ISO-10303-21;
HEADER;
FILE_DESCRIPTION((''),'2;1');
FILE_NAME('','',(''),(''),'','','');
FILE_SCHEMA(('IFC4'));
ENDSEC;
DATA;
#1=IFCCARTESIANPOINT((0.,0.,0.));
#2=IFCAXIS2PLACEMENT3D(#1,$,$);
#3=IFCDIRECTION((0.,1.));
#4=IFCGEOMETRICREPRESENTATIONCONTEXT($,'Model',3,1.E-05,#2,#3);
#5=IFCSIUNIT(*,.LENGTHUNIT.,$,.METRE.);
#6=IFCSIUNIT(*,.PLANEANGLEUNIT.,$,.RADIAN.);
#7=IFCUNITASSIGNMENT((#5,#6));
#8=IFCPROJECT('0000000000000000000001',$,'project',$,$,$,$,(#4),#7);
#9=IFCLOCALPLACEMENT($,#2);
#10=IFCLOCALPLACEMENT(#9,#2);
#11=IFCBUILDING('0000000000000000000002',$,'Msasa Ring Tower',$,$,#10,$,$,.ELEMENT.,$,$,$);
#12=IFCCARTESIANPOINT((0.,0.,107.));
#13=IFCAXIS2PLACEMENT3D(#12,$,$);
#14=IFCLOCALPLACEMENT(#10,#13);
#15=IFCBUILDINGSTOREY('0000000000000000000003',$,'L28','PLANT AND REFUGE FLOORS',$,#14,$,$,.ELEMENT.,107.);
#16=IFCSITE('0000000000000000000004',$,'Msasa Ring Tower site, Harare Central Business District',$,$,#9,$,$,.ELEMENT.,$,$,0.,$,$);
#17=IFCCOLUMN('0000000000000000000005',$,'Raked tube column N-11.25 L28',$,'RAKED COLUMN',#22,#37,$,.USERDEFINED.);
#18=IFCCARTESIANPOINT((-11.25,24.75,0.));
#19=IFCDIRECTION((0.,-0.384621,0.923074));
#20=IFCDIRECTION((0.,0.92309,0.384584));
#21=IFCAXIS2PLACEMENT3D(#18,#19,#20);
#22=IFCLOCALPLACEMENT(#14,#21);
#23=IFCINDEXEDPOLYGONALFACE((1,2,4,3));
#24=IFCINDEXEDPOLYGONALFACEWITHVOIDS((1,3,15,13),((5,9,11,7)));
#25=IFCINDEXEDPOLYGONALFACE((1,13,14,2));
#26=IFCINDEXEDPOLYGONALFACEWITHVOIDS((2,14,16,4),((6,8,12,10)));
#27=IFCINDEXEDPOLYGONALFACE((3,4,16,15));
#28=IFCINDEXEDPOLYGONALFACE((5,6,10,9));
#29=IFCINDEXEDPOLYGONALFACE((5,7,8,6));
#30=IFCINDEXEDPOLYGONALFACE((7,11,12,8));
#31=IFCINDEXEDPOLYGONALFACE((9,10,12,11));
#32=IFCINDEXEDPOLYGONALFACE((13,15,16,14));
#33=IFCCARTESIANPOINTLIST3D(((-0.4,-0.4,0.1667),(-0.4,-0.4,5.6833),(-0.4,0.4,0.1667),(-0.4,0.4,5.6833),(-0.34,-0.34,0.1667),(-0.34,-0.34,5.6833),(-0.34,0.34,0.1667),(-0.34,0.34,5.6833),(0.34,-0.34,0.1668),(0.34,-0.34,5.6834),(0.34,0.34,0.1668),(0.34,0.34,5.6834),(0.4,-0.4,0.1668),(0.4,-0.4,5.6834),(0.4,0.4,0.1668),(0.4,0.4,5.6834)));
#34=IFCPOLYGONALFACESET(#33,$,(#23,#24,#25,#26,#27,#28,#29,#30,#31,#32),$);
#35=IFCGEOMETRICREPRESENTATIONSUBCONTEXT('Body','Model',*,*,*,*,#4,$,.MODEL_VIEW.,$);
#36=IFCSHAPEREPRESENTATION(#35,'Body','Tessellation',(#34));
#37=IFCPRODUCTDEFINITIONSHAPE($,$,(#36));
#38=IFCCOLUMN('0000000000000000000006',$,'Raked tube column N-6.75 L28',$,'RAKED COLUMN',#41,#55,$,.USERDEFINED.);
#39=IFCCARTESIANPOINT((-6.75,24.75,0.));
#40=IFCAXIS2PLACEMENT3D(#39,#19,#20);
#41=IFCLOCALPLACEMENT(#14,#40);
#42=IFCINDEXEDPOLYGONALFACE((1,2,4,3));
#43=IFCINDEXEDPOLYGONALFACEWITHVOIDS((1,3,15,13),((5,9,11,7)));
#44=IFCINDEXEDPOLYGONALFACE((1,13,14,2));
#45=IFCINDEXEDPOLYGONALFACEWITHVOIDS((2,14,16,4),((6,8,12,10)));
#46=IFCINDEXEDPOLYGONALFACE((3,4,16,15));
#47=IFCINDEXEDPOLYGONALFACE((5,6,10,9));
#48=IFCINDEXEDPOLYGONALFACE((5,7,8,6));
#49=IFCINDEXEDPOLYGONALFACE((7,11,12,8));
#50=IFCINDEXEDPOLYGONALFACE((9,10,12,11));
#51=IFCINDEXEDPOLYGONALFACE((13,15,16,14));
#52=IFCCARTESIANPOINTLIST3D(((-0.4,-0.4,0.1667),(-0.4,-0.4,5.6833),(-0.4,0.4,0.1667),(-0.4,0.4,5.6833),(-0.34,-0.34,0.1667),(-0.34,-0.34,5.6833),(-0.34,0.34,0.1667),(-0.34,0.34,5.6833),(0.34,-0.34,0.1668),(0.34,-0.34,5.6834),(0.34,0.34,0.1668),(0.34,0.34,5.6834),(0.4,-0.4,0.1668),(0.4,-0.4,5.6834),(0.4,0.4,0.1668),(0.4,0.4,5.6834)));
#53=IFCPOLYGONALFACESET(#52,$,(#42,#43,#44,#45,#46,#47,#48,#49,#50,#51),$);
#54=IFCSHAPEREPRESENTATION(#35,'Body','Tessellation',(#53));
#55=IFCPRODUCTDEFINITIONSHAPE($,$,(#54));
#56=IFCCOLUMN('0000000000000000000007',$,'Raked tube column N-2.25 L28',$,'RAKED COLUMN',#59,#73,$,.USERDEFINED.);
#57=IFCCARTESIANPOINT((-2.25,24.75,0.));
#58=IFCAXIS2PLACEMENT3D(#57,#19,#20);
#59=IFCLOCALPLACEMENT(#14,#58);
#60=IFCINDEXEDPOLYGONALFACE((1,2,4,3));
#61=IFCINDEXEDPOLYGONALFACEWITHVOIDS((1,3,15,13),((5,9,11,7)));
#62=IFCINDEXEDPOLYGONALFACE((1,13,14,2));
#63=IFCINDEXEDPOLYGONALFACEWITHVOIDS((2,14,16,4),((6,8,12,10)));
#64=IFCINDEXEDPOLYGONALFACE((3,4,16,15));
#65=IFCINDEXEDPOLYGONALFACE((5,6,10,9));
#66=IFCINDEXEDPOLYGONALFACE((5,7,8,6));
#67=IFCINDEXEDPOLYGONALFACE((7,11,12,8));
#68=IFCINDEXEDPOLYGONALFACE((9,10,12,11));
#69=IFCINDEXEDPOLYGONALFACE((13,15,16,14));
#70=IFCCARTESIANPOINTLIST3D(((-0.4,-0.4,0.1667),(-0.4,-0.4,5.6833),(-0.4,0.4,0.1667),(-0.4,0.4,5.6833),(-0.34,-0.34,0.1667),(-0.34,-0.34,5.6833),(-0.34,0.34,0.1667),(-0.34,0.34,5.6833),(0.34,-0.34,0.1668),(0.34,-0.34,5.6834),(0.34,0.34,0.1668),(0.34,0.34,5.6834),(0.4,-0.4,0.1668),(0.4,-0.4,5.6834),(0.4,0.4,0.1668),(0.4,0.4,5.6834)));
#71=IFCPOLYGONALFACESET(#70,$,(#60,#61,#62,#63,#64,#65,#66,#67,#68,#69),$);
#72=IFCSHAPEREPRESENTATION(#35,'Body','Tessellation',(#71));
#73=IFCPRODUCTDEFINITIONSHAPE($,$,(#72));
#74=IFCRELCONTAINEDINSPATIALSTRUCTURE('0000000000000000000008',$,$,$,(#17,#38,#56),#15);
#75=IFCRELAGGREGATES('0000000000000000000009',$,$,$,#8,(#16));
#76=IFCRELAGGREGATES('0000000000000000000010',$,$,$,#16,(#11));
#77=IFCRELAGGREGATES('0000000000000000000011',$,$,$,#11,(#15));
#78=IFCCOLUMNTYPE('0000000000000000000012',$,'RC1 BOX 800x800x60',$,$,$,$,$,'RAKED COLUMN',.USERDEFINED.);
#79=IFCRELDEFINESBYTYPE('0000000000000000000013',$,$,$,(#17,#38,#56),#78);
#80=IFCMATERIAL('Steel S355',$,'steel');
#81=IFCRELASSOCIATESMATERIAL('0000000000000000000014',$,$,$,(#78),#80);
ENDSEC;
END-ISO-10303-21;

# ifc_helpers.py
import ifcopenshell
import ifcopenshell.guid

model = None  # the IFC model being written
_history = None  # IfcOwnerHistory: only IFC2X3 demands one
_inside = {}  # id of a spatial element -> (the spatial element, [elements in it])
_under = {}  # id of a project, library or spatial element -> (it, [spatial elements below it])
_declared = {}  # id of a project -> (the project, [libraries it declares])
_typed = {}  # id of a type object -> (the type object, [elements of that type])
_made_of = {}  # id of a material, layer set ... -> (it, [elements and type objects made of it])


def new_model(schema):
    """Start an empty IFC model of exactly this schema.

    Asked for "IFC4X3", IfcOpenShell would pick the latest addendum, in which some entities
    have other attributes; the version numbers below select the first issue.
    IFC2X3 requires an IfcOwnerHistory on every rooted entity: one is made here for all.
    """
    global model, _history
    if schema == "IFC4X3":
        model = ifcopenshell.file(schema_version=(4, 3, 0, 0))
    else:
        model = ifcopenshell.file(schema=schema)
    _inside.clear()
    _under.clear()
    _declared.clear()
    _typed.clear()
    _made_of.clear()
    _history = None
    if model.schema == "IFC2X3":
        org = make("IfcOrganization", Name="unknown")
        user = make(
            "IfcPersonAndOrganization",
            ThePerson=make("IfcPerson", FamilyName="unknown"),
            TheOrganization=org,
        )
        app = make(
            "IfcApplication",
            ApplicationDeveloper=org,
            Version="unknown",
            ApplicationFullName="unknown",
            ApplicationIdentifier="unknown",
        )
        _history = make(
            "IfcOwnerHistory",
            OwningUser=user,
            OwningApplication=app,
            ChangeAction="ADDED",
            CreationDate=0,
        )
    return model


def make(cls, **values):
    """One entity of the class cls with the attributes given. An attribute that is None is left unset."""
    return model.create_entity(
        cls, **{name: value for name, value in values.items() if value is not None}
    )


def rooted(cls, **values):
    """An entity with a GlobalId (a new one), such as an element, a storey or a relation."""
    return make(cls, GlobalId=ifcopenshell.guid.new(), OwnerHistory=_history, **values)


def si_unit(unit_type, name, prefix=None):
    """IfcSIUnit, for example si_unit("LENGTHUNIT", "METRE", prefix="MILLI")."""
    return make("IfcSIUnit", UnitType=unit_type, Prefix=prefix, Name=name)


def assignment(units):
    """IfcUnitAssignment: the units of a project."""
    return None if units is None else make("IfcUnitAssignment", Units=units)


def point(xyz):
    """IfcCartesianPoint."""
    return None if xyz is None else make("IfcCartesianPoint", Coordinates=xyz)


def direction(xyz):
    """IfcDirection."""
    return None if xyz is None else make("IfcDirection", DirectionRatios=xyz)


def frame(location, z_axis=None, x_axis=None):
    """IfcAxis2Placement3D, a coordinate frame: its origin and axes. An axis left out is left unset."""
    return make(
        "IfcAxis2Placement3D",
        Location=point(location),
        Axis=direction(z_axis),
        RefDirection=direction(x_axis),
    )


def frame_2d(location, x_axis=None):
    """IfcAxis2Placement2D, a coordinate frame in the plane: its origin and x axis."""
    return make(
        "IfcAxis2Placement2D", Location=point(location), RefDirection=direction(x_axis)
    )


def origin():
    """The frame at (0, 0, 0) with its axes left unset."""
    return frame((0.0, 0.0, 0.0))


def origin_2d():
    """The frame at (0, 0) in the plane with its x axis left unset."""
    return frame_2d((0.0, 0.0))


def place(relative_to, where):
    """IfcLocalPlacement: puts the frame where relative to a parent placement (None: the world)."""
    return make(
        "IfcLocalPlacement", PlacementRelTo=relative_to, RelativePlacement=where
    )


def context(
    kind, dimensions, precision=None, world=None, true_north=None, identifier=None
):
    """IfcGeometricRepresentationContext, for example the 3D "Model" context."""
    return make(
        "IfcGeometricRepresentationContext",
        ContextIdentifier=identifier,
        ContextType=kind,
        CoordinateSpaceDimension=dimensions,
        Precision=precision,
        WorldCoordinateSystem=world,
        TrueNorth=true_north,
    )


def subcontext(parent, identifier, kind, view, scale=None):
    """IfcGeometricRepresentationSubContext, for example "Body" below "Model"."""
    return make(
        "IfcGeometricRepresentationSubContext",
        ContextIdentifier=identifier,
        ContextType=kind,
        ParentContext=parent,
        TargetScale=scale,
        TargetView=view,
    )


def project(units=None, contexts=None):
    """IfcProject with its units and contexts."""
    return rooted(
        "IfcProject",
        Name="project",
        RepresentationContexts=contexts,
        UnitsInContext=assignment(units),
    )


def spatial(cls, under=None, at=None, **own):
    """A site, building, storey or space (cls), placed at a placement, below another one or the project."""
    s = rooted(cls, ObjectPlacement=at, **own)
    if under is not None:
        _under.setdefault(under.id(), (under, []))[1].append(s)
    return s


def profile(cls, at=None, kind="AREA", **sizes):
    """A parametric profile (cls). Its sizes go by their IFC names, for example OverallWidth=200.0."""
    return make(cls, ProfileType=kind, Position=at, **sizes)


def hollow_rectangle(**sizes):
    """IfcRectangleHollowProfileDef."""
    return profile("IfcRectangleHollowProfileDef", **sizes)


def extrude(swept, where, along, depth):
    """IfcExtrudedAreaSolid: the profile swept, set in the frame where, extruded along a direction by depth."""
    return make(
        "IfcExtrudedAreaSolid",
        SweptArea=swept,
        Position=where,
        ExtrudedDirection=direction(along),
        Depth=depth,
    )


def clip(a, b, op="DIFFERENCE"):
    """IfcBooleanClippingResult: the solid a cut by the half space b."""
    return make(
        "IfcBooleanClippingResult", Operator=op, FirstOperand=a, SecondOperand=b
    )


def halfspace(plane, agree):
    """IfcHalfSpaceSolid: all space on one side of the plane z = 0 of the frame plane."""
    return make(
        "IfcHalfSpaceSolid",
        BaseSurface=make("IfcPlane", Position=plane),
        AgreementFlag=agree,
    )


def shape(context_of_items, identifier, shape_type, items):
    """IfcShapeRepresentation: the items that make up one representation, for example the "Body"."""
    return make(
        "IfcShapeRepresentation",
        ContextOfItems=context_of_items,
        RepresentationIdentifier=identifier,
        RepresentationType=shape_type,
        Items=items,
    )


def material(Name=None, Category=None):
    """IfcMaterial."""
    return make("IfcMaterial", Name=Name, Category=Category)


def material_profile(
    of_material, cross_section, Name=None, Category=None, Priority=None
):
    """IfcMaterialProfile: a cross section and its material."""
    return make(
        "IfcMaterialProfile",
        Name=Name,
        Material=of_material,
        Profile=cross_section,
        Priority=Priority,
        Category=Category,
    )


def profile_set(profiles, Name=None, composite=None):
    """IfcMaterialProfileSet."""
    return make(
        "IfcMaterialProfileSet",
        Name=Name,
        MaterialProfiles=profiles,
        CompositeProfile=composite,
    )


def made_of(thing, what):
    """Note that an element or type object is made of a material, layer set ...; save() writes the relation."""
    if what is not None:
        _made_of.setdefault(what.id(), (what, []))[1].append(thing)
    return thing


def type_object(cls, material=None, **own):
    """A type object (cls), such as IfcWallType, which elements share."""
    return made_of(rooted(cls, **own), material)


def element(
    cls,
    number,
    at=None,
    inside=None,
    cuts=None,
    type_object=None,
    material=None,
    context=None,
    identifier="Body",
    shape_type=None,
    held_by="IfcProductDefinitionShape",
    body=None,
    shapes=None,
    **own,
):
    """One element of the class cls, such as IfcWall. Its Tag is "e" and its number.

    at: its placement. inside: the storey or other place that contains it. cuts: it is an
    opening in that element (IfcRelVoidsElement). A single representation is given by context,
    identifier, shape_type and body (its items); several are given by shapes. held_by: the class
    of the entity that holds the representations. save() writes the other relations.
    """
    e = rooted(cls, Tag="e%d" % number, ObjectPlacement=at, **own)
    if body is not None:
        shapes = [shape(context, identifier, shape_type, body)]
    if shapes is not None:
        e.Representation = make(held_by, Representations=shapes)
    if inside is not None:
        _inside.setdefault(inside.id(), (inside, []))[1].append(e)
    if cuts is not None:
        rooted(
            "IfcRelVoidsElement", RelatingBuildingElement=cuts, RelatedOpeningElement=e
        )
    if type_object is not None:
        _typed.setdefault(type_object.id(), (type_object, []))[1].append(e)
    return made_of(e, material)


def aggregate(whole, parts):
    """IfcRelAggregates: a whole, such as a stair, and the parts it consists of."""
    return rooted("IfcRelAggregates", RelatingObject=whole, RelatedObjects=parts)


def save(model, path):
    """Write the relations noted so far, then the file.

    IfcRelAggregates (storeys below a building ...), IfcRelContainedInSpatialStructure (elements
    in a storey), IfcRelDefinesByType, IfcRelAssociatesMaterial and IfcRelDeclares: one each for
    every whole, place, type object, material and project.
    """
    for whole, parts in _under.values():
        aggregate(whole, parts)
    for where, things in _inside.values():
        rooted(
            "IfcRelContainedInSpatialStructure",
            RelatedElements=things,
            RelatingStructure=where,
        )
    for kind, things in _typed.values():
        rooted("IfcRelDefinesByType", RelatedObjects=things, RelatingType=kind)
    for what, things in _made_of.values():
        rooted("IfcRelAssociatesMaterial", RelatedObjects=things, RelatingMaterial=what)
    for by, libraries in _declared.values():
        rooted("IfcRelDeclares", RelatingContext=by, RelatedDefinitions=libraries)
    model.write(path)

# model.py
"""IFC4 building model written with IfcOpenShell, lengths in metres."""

from ifc_helpers import new_model, si_unit, direction, frame, origin, origin_2d, place, context, subcontext, project, spatial, hollow_rectangle, extrude, clip, halfspace, material, material_profile, profile_set, type_object, element, save


model = new_model("IFC4")

# Units and contexts
model_context = context("Model", 3, precision=1e-05, world=origin(), true_north=direction((0.0, 1.0)))
body_context = subcontext(model_context, "Body", "Model", "MODEL_VIEW")
ifc_project = project(units=[si_unit("LENGTHUNIT", "METRE"), si_unit("PLANEANGLEUNIT", "RADIAN")], contexts=[model_context])

# Site, building, storey
site_placement = place(None, origin())
site = spatial("IfcSite", under=ifc_project, at=site_placement, Name="Msasa Ring Tower site, Harare Central Business District", CompositionType="ELEMENT", RefElevation=0.0)
building_placement = place(site_placement, origin())
building = spatial("IfcBuilding", under=site, at=building_placement, Name="Msasa Ring Tower", CompositionType="ELEMENT")
storey_placement = place(building_placement, frame((0.0, 0.0, 107.0)))
storey = spatial("IfcBuildingStorey", under=building, at=storey_placement, Name="L28", Description="PLANT AND REFUGE FLOORS", CompositionType="ELEMENT", Elevation=107.0)

# Columns
ifc_material_1 = material(Name="Steel S355", Category="steel")
ifc_material_profile_1 = material_profile(ifc_material_1, hollow_rectangle(XDim=0.8, YDim=0.8, WallThickness=0.0601, at=origin_2d()), Name="BOX 800x800x60")
ifc_profile_set_1 = profile_set([ifc_material_profile_1], Name="Steel S355")
column_type_1 = type_object("IfcColumnType", Name="RC1 BOX 800x800x60", ElementType="RAKED COLUMN", PredefinedType="USERDEFINED", material=ifc_profile_set_1)
for number, where, z_axis, x_axis, name in (
    (1, (-11.25, 24.75, 0.0), (0.0, -0.384621, 0.923074), (0.0, 0.92309, 0.384584), "Raked tube column N-11.25 L28"),
    (2, (-6.75, 24.75, 0.0), (0.0, -0.384621, 0.923074), (0.0, 0.92309, 0.384584), "Raked tube column N-6.75 L28"),
    (3, (-2.25, 24.75, 0.0), (0.0, -0.384621, 0.923074), (0.0, 0.92309, 0.384584), "Raked tube column N-2.25 L28"),
):
    element("IfcColumn", number, at=place(storey_placement, frame(where, z_axis=z_axis, x_axis=x_axis)), inside=storey, type_object=column_type_1, Name=name, ObjectType="RAKED COLUMN", PredefinedType="USERDEFINED", context=body_context, shape_type="Clipping", body=[
        clip(clip(extrude(hollow_rectangle(XDim=0.8, YDim=0.8, WallThickness=0.0601, at=origin_2d()), origin(), (0.0, 0.0, 1.0), 5.8499), halfspace(frame((0.0, 0.0, 0.1667), z_axis=(0.0, 0.0, 1.0)), True)), halfspace(frame((0.0, 0.0, 5.6833), z_axis=(0.0, 0.0, -1.0)), True)),
    ])

save(model, "model.ifc")
